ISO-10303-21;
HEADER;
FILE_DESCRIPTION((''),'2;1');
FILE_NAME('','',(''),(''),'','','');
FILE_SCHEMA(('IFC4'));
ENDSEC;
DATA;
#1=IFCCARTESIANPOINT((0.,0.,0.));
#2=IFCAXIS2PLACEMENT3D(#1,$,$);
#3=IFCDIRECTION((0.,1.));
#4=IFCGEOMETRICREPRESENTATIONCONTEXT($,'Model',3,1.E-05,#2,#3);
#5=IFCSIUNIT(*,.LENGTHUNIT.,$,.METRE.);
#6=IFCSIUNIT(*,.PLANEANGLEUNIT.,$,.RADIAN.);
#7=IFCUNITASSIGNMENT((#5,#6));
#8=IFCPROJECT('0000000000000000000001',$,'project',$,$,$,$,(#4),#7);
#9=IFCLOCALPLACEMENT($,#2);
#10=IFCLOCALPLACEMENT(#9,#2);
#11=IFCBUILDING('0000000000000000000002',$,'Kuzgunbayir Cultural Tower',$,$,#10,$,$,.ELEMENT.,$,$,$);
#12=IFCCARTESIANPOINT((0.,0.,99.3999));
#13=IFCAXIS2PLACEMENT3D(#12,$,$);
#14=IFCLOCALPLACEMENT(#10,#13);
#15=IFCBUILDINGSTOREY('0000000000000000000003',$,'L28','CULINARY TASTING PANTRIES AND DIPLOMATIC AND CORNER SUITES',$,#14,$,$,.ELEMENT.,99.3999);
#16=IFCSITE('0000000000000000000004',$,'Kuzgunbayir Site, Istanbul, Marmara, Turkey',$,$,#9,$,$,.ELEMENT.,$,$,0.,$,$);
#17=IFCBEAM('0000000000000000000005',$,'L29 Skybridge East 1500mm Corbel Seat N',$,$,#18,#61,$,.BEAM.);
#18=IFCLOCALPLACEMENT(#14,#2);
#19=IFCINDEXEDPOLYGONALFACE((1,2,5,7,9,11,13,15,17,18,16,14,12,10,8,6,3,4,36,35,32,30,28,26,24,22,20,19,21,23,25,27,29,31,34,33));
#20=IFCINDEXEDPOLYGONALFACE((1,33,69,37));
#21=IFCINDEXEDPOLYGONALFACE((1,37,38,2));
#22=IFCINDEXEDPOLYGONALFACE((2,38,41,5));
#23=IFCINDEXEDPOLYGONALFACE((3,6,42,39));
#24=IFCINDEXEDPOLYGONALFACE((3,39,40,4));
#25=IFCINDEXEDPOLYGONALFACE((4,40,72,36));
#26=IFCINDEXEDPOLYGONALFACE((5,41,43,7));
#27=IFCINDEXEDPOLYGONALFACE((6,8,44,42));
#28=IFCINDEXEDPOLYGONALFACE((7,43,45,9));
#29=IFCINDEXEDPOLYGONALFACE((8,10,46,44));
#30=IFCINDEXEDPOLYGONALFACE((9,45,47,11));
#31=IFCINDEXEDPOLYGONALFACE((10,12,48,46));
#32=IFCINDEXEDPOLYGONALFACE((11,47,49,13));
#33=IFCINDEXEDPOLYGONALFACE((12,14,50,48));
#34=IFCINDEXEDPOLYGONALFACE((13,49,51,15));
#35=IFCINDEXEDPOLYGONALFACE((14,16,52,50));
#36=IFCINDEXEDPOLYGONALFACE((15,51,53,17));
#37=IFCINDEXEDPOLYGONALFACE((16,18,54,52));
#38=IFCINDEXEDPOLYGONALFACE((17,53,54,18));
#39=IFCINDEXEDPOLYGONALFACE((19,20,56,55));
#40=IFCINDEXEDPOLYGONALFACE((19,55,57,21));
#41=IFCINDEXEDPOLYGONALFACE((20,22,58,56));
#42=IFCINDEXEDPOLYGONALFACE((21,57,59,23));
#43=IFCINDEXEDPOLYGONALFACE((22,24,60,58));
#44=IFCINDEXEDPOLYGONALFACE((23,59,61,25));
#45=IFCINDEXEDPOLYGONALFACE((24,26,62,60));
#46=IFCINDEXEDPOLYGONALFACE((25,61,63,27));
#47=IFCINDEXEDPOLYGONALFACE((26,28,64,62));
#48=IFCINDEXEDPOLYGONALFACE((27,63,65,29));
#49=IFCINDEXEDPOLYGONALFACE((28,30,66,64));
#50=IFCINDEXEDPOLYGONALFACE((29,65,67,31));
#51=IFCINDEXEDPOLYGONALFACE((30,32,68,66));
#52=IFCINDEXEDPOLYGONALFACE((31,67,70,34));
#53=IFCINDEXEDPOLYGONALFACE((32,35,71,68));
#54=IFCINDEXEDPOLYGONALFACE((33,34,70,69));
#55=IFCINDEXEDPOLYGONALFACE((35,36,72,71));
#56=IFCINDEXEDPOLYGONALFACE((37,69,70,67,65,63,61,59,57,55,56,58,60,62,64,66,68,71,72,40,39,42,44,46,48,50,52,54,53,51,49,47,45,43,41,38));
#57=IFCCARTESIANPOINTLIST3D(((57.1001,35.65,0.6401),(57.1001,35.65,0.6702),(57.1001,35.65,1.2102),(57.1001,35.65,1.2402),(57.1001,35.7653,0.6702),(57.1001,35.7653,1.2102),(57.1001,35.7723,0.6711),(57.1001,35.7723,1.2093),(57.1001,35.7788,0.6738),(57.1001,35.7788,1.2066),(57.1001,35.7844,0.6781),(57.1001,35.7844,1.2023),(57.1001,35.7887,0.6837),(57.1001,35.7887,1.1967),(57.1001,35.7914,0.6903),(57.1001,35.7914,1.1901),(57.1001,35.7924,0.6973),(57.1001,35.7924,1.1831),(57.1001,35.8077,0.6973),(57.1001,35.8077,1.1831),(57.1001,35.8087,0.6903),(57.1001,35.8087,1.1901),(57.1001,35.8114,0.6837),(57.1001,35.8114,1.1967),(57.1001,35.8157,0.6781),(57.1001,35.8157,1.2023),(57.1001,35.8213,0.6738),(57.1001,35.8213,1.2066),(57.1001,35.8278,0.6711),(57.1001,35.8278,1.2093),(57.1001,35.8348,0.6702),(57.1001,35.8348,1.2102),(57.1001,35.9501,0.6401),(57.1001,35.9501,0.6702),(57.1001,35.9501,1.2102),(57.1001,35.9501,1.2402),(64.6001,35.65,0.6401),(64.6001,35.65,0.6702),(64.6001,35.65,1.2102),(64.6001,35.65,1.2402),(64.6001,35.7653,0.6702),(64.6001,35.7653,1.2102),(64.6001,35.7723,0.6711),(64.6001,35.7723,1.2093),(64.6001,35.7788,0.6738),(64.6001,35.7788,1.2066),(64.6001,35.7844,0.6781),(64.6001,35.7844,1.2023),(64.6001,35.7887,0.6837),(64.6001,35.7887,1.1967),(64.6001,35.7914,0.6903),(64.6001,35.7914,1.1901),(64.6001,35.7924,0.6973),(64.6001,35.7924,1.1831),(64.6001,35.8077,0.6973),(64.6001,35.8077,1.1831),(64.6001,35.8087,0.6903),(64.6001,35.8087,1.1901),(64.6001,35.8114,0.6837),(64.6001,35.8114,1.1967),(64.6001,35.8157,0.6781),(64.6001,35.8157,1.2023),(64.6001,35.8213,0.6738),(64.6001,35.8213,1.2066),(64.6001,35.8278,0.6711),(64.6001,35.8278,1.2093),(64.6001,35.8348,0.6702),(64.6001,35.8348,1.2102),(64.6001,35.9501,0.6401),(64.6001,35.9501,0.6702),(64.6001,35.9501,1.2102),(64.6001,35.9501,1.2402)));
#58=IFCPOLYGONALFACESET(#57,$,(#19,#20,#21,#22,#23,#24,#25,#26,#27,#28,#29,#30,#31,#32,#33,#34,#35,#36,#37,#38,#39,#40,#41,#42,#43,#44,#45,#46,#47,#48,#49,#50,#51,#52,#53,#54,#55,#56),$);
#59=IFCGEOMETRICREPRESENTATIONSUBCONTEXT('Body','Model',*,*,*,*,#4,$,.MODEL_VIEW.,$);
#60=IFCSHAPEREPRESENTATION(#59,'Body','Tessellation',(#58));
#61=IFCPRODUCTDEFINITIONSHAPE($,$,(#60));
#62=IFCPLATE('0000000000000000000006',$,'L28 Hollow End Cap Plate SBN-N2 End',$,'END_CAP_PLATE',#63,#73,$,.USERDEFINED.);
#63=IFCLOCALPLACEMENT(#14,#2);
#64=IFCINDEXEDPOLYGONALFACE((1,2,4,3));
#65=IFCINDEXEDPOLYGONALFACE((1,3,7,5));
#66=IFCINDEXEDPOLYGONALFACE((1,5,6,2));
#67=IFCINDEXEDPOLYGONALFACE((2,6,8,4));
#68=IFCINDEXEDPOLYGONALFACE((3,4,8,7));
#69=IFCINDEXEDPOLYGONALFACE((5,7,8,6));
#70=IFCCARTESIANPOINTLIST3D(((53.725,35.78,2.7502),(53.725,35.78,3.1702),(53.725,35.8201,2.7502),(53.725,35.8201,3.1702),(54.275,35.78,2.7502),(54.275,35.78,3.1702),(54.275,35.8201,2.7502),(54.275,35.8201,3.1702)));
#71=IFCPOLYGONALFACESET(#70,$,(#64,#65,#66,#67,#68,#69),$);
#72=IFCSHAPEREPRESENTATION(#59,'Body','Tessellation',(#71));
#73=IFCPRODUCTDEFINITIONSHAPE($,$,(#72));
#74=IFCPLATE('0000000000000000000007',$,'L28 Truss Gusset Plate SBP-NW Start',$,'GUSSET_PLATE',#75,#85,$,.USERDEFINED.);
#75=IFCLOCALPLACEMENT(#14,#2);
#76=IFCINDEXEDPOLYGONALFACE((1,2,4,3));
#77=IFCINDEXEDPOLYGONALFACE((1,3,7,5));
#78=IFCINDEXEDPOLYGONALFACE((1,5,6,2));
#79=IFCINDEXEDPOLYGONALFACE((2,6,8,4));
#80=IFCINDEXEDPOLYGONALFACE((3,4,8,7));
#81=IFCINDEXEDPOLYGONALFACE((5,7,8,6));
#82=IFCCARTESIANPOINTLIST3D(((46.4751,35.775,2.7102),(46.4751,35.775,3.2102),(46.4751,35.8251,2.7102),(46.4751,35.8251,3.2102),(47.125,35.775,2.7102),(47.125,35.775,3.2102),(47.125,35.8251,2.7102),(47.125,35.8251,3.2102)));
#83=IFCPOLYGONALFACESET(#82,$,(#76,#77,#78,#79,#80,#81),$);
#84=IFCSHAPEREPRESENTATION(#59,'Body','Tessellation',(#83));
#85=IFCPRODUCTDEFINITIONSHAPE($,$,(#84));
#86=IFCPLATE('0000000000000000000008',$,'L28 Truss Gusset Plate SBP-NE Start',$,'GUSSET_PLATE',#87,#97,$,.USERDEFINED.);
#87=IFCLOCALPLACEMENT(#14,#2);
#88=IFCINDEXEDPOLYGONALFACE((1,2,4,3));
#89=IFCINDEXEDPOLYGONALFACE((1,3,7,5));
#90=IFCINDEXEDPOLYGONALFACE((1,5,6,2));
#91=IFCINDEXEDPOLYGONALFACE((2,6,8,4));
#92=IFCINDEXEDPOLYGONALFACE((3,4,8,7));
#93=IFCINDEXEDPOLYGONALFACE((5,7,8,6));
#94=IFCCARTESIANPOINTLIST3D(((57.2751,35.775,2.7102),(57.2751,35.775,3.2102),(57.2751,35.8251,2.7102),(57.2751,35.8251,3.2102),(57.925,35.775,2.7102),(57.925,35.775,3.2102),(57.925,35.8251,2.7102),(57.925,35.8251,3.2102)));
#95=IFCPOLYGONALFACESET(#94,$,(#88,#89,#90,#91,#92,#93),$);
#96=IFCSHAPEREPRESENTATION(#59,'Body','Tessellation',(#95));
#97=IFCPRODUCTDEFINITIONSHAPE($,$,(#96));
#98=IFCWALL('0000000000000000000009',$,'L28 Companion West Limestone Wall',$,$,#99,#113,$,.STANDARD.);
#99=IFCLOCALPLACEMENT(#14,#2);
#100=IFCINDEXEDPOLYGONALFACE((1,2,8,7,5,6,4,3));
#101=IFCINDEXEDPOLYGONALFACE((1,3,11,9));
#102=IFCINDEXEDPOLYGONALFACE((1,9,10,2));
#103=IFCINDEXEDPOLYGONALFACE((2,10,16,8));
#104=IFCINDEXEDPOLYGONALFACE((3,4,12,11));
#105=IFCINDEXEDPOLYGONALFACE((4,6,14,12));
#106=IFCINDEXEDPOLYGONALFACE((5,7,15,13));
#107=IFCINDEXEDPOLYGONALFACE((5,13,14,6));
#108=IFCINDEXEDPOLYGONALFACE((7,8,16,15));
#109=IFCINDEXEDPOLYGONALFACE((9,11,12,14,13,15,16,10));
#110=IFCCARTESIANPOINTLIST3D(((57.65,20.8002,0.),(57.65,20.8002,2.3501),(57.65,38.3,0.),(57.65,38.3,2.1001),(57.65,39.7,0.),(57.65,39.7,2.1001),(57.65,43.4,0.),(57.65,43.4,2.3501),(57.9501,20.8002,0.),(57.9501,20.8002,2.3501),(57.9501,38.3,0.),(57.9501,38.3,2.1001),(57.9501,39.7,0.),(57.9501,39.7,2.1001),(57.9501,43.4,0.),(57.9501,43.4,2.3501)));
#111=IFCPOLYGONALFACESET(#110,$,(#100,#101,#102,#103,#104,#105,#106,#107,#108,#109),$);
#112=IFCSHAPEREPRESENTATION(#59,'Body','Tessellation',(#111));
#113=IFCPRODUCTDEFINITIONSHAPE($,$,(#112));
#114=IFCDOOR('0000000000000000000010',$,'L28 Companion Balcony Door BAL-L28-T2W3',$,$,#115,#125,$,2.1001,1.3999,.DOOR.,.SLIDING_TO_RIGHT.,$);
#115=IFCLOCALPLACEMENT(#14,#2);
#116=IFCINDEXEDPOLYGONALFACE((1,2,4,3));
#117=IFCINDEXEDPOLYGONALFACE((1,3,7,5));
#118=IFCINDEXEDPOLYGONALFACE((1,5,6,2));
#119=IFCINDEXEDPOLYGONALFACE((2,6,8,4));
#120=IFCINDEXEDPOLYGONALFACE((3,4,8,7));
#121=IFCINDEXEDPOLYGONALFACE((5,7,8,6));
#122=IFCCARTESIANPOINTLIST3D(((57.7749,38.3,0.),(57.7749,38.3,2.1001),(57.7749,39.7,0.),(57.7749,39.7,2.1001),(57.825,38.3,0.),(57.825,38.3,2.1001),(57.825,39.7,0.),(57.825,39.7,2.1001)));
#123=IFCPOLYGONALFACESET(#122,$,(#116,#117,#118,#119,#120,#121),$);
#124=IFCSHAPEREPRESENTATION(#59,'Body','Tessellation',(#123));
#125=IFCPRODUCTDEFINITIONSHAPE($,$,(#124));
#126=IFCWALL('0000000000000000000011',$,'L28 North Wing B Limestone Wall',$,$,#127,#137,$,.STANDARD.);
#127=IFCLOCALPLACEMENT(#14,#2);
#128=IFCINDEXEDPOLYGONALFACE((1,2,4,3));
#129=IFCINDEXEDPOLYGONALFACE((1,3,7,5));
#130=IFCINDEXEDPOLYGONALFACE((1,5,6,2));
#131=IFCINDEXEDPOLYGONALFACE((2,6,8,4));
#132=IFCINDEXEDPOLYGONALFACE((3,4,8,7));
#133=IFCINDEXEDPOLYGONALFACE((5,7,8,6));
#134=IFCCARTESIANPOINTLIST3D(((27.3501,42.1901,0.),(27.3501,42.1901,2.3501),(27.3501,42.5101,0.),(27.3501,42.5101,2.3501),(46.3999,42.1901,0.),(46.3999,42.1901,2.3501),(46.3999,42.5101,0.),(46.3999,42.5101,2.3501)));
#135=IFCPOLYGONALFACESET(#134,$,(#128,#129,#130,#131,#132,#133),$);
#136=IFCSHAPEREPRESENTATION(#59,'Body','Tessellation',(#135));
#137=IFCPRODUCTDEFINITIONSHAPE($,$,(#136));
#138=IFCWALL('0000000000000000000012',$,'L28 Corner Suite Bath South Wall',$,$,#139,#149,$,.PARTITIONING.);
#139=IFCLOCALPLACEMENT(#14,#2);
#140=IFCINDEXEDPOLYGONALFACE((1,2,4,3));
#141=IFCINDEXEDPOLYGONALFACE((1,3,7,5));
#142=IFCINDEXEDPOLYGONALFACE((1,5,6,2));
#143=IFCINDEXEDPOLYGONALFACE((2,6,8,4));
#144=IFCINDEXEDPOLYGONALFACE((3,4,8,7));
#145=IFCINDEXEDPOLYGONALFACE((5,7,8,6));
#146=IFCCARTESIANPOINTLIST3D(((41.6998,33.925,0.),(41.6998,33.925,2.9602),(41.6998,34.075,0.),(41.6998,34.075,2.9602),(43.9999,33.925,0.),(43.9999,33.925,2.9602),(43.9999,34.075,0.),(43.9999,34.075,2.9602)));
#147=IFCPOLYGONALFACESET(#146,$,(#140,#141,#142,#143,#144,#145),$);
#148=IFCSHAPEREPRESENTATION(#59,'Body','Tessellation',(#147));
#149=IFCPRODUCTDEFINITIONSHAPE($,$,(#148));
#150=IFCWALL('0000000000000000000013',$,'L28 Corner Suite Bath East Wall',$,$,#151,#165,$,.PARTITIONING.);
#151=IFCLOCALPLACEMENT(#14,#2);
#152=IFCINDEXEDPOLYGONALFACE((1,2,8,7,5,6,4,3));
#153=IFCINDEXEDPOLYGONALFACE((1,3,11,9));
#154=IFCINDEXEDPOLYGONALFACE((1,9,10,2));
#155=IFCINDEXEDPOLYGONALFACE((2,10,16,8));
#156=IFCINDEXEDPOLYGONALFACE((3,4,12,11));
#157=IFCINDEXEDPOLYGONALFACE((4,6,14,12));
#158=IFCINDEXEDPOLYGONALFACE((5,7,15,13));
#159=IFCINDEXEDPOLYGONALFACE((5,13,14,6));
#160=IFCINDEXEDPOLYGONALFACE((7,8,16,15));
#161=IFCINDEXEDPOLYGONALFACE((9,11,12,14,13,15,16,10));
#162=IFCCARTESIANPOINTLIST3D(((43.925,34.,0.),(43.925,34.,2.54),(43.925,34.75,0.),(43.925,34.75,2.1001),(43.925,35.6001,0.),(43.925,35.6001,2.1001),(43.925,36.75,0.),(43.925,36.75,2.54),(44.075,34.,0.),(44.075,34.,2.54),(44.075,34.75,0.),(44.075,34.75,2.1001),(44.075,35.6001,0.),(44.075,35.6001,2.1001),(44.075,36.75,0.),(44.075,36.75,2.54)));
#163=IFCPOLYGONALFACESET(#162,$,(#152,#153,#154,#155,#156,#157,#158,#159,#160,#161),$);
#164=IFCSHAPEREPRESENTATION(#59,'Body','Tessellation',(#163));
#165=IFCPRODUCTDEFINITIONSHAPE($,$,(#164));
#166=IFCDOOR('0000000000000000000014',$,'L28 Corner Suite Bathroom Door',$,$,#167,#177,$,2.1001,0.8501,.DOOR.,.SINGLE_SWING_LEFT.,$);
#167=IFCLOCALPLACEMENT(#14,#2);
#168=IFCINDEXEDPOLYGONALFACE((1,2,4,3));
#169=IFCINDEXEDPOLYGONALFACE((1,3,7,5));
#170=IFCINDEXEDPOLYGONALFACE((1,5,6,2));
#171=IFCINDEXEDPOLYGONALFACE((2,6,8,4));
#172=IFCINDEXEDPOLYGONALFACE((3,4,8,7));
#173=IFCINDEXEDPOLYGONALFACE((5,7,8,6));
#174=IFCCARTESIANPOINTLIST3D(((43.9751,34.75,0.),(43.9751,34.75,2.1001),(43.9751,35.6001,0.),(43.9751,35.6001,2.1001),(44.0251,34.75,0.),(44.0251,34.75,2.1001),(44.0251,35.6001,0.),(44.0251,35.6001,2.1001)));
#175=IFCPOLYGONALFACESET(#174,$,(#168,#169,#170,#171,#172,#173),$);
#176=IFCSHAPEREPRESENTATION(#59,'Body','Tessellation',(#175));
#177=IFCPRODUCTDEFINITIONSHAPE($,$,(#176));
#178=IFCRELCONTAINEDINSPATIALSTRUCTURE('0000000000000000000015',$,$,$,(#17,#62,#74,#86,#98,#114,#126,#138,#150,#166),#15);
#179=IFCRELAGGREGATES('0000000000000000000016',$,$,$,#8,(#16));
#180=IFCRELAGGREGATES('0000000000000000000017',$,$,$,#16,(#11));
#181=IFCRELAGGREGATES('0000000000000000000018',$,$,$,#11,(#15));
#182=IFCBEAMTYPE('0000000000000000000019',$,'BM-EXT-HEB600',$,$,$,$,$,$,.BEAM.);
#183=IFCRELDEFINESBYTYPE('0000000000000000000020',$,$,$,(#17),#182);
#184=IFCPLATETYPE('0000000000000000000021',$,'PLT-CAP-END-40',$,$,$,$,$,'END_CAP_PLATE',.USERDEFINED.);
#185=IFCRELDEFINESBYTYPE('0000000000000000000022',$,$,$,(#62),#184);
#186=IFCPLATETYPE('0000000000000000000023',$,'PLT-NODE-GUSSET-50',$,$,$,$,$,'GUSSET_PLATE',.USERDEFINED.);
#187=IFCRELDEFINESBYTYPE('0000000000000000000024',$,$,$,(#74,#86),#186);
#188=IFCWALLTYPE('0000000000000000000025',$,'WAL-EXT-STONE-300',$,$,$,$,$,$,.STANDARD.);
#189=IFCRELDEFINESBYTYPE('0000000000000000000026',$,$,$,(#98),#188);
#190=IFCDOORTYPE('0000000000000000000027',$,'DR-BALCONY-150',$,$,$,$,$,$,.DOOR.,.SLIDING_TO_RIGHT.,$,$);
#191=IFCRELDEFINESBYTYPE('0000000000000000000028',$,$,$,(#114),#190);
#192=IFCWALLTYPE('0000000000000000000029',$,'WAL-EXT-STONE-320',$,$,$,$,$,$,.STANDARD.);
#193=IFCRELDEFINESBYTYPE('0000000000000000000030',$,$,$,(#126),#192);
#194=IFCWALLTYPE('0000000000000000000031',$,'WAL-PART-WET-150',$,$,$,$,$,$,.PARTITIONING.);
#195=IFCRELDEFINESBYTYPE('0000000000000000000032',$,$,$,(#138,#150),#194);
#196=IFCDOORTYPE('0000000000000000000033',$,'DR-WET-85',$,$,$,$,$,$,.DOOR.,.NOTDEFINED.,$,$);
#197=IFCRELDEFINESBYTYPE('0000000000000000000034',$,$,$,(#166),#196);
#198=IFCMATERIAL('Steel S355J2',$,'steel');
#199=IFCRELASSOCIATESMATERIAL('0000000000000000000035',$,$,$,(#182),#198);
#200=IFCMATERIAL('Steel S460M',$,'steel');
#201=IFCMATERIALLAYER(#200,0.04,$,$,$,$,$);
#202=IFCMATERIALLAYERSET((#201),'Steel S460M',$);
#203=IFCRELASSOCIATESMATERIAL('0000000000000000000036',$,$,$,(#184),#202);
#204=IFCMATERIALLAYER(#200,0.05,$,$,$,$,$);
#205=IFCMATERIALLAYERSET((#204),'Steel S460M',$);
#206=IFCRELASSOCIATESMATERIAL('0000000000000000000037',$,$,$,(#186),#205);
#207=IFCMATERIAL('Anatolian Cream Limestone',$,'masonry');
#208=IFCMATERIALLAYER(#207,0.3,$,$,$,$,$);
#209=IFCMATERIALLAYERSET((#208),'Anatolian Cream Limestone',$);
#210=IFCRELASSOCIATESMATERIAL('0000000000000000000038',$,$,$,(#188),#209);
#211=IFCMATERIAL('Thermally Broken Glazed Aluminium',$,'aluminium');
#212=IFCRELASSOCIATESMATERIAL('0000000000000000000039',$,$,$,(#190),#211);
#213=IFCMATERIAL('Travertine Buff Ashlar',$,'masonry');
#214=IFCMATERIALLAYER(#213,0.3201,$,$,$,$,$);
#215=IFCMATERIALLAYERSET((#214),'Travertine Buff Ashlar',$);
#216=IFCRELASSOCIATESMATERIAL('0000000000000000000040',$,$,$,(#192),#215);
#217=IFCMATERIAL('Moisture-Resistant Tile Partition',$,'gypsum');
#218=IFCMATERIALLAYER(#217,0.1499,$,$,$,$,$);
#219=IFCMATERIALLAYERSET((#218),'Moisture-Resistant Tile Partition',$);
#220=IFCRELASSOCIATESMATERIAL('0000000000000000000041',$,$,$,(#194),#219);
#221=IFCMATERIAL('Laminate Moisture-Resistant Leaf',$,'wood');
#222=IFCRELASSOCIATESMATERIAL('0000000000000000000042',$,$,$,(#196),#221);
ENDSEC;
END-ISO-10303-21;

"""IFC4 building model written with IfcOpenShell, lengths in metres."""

from ifc_helpers import new_model, si_unit, direction, frame, frame_2d, origin, origin_2d, place, context, subcontext, project, spatial, rectangle, i_section, extrude, material, layer, layer_set, material_profile, profile_set, type_object, element, fill, save


model = new_model("IFC4")

# Units and contexts
model_context = context("Model", 3, precision=1e-05, world=origin(), true_north=direction((0.0, 1.0)))
body_context = subcontext(model_context, "Body", "Model", "MODEL_VIEW")
ifc_project = project(units=[si_unit("LENGTHUNIT", "METRE"), si_unit("PLANEANGLEUNIT", "RADIAN")], contexts=[model_context])

# Site, building, storey
site_placement = place(None, origin())
site = spatial("IfcSite", under=ifc_project, at=site_placement, Name="Kuzgunbayir Site, Istanbul, Marmara, Turkey", CompositionType="ELEMENT", RefElevation=0.0)
building_placement = place(site_placement, origin())
building = spatial("IfcBuilding", under=site, at=building_placement, Name="Kuzgunbayir Cultural Tower", CompositionType="ELEMENT")
storey_placement = place(building_placement, frame((0.0, 0.0, 99.3999)))
storey = spatial("IfcBuildingStorey", under=building, at=storey_placement, Name="L28", Description="CULINARY TASTING PANTRIES AND DIPLOMATIC AND CORNER SUITES", CompositionType="ELEMENT", Elevation=99.3999)

# Beam
ifc_material_1 = material(Name="Steel S355J2", Category="steel")
ifc_material_profile_1 = material_profile(ifc_material_1, i_section(OverallWidth=0.3, OverallDepth=0.6001, WebThickness=0.0154, FlangeThickness=0.03, FilletRadius=0.0271, at=origin_2d()), Name="HEB 600")
ifc_profile_set_1 = profile_set([ifc_material_profile_1], Name="Steel S355J2")
beam_type_1 = type_object("IfcBeamType", Name="BM-EXT-HEB600", PredefinedType="BEAM", material=ifc_profile_set_1)
beam_1_placement = place(storey_placement, frame((57.1001, 35.8, 0.9402), z_axis=(1.0, 0.0, 0.0), x_axis=(0.0, 1.0, 0.0)))
element("IfcBeam", 1, at=beam_1_placement, inside=storey, type_object=beam_type_1, Name="L29 Skybridge East 1500mm Corbel Seat N", PredefinedType="BEAM", context=body_context, shape_type="SweptSolid", body=[
    extrude(i_section(OverallWidth=0.3, OverallDepth=0.6001, WebThickness=0.0154, FlangeThickness=0.03, FilletRadius=0.0271, at=origin_2d()), origin(), (0.0, 0.0, 1.0), 7.5),
])

# Plates
ifc_material_2 = material(Name="Steel S460M", Category="steel")
ifc_layer_1 = layer(ifc_material_2, 0.04)
ifc_layer_set_1 = layer_set([ifc_layer_1], Name="Steel S460M")
plate_type_1 = type_object("IfcPlateType", Name="PLT-CAP-END-40", ElementType="END_CAP_PLATE", PredefinedType="USERDEFINED", material=ifc_layer_set_1)
plate_placement = place(storey_placement, frame((54.0, 35.8, 2.7502), z_axis=(0.0, 0.0, 1.0), x_axis=(1.0, 0.0, 0.0)))
element("IfcPlate", 2, at=plate_placement, inside=storey, type_object=plate_type_1, Name="L28 Hollow End Cap Plate SBN-N2 End", ObjectType="END_CAP_PLATE", PredefinedType="USERDEFINED", context=body_context, shape_type="SweptSolid", body=[
    extrude(rectangle(XDim=0.55, YDim=0.04, at=origin_2d()), origin(), (0.0, 0.0, 1.0), 0.4199),
])
ifc_layer_2 = layer(ifc_material_2, 0.05)
ifc_layer_set_2 = layer_set([ifc_layer_2], Name="Steel S460M")
plate_type_2 = type_object("IfcPlateType", Name="PLT-NODE-GUSSET-50", ElementType="GUSSET_PLATE", PredefinedType="USERDEFINED", material=ifc_layer_set_2)
for number, where, z_axis, x_axis, name in (
    (3, (46.8, 35.8, 2.7102), (0.0, 0.0, 1.0), (1.0, 0.0, 0.0), "L28 Truss Gusset Plate SBP-NW Start"),
    (4, (57.6001, 35.8, 2.7102), (0.0, 0.0, 1.0), (1.0, 0.0, 0.0), "L28 Truss Gusset Plate SBP-NE Start"),
):
    element("IfcPlate", number, at=place(storey_placement, frame(where, z_axis=z_axis, x_axis=x_axis)), inside=storey, type_object=plate_type_2, Name=name, ObjectType="GUSSET_PLATE", PredefinedType="USERDEFINED", context=body_context, shape_type="SweptSolid", body=[
        extrude(rectangle(XDim=0.6499, YDim=0.05, at=origin_2d()), origin(), (0.0, 0.0, 1.0), 0.5),
    ])

# Wall, opening, door
ifc_material_3 = material(Name="Anatolian Cream Limestone", Category="masonry")
ifc_layer_3 = layer(ifc_material_3, 0.3)
ifc_layer_set_3 = layer_set([ifc_layer_3], Name="Anatolian Cream Limestone")
wall_type_1 = type_object("IfcWallType", Name="WAL-EXT-STONE-300", PredefinedType="STANDARD", material=ifc_layer_set_3)
wall_1_placement = place(storey_placement, frame((57.8, 43.3999, 0.0), z_axis=(0.0, 0.0, 1.0), x_axis=(0.0, -1.0, 0.0)))
wall_1 = element("IfcWall", 5, at=wall_1_placement, inside=storey, type_object=wall_type_1, Name="L28 Companion West Limestone Wall", PredefinedType="STANDARD", context=body_context, shape_type="SweptSolid", body=[
    extrude(rectangle(XDim=22.5999, YDim=0.3, at=frame_2d((11.2998, 0.0))), origin(), (0.0, 0.0, 1.0), 2.3501),
])
opening_1_placement = place(wall_1_placement, frame((3.7, 0.0, 0.0)))
opening_1 = element("IfcOpeningElement", 6, at=opening_1_placement, cuts=wall_1, PredefinedType="OPENING", context=body_context, shape_type="SweptSolid", body=[
    extrude(rectangle(XDim=1.3999, YDim=2.1001, at=frame_2d((0.7, 1.05))), frame((0.0, 0.1602, 0.0), z_axis=(0.0, -1.0, 0.0), x_axis=(1.0, 0.0, 0.0)), (0.0, 0.0, 1.0), 0.3201),
])
ifc_material_4 = material(Name="Thermally Broken Glazed Aluminium", Category="aluminium")
door_type_1 = type_object("IfcDoorType", Name="DR-BALCONY-150", OperationType="SLIDING_TO_RIGHT", PredefinedType="DOOR", material=ifc_material_4)
door_1_placement = place(opening_1_placement, origin())
door_1 = element("IfcDoor", 7, at=door_1_placement, inside=storey, type_object=door_type_1, Name="L28 Companion Balcony Door BAL-L28-T2W3", OperationType="SLIDING_TO_RIGHT", OverallHeight=2.1001, OverallWidth=1.3999, PredefinedType="DOOR", context=body_context, shape_type="SweptSolid", body=[
    extrude(rectangle(XDim=1.3999, YDim=2.1001, at=frame_2d((0.7, 1.05))), frame((0.0, 0.0249, 0.0), z_axis=(0.0, -1.0, 0.0), x_axis=(1.0, 0.0, 0.0)), (0.0, 0.0, 1.0), 0.05),
])
fill(opening_1, door_1)

# Wall
ifc_material_5 = material(Name="Travertine Buff Ashlar", Category="masonry")
ifc_layer_4 = layer(ifc_material_5, 0.3201)
ifc_layer_set_4 = layer_set([ifc_layer_4], Name="Travertine Buff Ashlar")
wall_type_2 = type_object("IfcWallType", Name="WAL-EXT-STONE-320", PredefinedType="STANDARD", material=ifc_layer_set_4)
wall_2_placement = place(storey_placement, frame((46.3999, 42.3501, 0.0), z_axis=(0.0, 0.0, 1.0), x_axis=(-1.0, 0.0, 0.0)))
element("IfcWall", 8, at=wall_2_placement, inside=storey, type_object=wall_type_2, Name="L28 North Wing B Limestone Wall", PredefinedType="STANDARD", context=body_context, shape_type="SweptSolid", body=[
    extrude(rectangle(XDim=19.0498, YDim=0.3201, at=frame_2d((9.5249, 0.0))), origin(), (0.0, 0.0, 1.0), 2.3501),
])

# Wall
ifc_material_6 = material(Name="Moisture-Resistant Tile Partition", Category="gypsum")
ifc_layer_5 = layer(ifc_material_6, 0.1499)
ifc_layer_set_5 = layer_set([ifc_layer_5], Name="Moisture-Resistant Tile Partition")
wall_type_3 = type_object("IfcWallType", Name="WAL-PART-WET-150", PredefinedType="PARTITIONING", material=ifc_layer_set_5)
wall_3_placement = place(storey_placement, frame((41.7, 34.0, 0.0), z_axis=(0.0, 0.0, 1.0), x_axis=(1.0, 0.0, 0.0)))
element("IfcWall", 9, at=wall_3_placement, inside=storey, type_object=wall_type_3, Name="L28 Corner Suite Bath South Wall", PredefinedType="PARTITIONING", context=body_context, shape_type="SweptSolid", body=[
    extrude(rectangle(XDim=2.3, YDim=0.1499, at=frame_2d((1.1499, 0.0))), origin(), (0.0, 0.0, 1.0), 2.9602),
])

# Wall, opening, door
wall_4_placement = place(storey_placement, frame((44.0, 34.0, 0.0), z_axis=(0.0, 0.0, 1.0), x_axis=(0.0, 1.0, 0.0)))
wall_4 = element("IfcWall", 10, at=wall_4_placement, inside=storey, type_object=wall_type_3, Name="L28 Corner Suite Bath East Wall", PredefinedType="PARTITIONING", context=body_context, shape_type="SweptSolid", body=[
    extrude(rectangle(XDim=2.75, YDim=0.1499, at=frame_2d((1.375, 0.0))), origin(), (0.0, 0.0, 1.0), 2.54),
])
opening_2_placement = place(wall_4_placement, frame((0.75, 0.0, 0.0)))
opening_2 = element("IfcOpeningElement", 11, at=opening_2_placement, cuts=wall_4, PredefinedType="OPENING", context=body_context, shape_type="SweptSolid", body=[
    extrude(rectangle(XDim=0.8501, YDim=2.1001, at=frame_2d((0.425, 1.05))), frame((0.0, 0.085, 0.0), z_axis=(0.0, -1.0, 0.0), x_axis=(1.0, 0.0, 0.0)), (0.0, 0.0, 1.0), 0.1699),
])
ifc_material_7 = material(Name="Laminate Moisture-Resistant Leaf", Category="wood")
door_type_2 = type_object("IfcDoorType", Name="DR-WET-85", OperationType="NOTDEFINED", PredefinedType="DOOR", material=ifc_material_7)
door_2_placement = place(opening_2_placement, origin())
door_2 = element("IfcDoor", 12, at=door_2_placement, inside=storey, type_object=door_type_2, Name="L28 Corner Suite Bathroom Door", OperationType="SINGLE_SWING_LEFT", OverallHeight=2.1001, OverallWidth=0.8501, PredefinedType="DOOR", context=body_context, shape_type="SweptSolid", body=[
    extrude(rectangle(XDim=0.8501, YDim=2.1001, at=frame_2d((0.425, 1.05))), frame((0.0, 0.0249, 0.0), z_axis=(0.0, -1.0, 0.0), x_axis=(1.0, 0.0, 0.0)), (0.0, 0.0, 1.0), 0.05),
])
fill(opening_2, door_2)

save(model, "model.ifc")
